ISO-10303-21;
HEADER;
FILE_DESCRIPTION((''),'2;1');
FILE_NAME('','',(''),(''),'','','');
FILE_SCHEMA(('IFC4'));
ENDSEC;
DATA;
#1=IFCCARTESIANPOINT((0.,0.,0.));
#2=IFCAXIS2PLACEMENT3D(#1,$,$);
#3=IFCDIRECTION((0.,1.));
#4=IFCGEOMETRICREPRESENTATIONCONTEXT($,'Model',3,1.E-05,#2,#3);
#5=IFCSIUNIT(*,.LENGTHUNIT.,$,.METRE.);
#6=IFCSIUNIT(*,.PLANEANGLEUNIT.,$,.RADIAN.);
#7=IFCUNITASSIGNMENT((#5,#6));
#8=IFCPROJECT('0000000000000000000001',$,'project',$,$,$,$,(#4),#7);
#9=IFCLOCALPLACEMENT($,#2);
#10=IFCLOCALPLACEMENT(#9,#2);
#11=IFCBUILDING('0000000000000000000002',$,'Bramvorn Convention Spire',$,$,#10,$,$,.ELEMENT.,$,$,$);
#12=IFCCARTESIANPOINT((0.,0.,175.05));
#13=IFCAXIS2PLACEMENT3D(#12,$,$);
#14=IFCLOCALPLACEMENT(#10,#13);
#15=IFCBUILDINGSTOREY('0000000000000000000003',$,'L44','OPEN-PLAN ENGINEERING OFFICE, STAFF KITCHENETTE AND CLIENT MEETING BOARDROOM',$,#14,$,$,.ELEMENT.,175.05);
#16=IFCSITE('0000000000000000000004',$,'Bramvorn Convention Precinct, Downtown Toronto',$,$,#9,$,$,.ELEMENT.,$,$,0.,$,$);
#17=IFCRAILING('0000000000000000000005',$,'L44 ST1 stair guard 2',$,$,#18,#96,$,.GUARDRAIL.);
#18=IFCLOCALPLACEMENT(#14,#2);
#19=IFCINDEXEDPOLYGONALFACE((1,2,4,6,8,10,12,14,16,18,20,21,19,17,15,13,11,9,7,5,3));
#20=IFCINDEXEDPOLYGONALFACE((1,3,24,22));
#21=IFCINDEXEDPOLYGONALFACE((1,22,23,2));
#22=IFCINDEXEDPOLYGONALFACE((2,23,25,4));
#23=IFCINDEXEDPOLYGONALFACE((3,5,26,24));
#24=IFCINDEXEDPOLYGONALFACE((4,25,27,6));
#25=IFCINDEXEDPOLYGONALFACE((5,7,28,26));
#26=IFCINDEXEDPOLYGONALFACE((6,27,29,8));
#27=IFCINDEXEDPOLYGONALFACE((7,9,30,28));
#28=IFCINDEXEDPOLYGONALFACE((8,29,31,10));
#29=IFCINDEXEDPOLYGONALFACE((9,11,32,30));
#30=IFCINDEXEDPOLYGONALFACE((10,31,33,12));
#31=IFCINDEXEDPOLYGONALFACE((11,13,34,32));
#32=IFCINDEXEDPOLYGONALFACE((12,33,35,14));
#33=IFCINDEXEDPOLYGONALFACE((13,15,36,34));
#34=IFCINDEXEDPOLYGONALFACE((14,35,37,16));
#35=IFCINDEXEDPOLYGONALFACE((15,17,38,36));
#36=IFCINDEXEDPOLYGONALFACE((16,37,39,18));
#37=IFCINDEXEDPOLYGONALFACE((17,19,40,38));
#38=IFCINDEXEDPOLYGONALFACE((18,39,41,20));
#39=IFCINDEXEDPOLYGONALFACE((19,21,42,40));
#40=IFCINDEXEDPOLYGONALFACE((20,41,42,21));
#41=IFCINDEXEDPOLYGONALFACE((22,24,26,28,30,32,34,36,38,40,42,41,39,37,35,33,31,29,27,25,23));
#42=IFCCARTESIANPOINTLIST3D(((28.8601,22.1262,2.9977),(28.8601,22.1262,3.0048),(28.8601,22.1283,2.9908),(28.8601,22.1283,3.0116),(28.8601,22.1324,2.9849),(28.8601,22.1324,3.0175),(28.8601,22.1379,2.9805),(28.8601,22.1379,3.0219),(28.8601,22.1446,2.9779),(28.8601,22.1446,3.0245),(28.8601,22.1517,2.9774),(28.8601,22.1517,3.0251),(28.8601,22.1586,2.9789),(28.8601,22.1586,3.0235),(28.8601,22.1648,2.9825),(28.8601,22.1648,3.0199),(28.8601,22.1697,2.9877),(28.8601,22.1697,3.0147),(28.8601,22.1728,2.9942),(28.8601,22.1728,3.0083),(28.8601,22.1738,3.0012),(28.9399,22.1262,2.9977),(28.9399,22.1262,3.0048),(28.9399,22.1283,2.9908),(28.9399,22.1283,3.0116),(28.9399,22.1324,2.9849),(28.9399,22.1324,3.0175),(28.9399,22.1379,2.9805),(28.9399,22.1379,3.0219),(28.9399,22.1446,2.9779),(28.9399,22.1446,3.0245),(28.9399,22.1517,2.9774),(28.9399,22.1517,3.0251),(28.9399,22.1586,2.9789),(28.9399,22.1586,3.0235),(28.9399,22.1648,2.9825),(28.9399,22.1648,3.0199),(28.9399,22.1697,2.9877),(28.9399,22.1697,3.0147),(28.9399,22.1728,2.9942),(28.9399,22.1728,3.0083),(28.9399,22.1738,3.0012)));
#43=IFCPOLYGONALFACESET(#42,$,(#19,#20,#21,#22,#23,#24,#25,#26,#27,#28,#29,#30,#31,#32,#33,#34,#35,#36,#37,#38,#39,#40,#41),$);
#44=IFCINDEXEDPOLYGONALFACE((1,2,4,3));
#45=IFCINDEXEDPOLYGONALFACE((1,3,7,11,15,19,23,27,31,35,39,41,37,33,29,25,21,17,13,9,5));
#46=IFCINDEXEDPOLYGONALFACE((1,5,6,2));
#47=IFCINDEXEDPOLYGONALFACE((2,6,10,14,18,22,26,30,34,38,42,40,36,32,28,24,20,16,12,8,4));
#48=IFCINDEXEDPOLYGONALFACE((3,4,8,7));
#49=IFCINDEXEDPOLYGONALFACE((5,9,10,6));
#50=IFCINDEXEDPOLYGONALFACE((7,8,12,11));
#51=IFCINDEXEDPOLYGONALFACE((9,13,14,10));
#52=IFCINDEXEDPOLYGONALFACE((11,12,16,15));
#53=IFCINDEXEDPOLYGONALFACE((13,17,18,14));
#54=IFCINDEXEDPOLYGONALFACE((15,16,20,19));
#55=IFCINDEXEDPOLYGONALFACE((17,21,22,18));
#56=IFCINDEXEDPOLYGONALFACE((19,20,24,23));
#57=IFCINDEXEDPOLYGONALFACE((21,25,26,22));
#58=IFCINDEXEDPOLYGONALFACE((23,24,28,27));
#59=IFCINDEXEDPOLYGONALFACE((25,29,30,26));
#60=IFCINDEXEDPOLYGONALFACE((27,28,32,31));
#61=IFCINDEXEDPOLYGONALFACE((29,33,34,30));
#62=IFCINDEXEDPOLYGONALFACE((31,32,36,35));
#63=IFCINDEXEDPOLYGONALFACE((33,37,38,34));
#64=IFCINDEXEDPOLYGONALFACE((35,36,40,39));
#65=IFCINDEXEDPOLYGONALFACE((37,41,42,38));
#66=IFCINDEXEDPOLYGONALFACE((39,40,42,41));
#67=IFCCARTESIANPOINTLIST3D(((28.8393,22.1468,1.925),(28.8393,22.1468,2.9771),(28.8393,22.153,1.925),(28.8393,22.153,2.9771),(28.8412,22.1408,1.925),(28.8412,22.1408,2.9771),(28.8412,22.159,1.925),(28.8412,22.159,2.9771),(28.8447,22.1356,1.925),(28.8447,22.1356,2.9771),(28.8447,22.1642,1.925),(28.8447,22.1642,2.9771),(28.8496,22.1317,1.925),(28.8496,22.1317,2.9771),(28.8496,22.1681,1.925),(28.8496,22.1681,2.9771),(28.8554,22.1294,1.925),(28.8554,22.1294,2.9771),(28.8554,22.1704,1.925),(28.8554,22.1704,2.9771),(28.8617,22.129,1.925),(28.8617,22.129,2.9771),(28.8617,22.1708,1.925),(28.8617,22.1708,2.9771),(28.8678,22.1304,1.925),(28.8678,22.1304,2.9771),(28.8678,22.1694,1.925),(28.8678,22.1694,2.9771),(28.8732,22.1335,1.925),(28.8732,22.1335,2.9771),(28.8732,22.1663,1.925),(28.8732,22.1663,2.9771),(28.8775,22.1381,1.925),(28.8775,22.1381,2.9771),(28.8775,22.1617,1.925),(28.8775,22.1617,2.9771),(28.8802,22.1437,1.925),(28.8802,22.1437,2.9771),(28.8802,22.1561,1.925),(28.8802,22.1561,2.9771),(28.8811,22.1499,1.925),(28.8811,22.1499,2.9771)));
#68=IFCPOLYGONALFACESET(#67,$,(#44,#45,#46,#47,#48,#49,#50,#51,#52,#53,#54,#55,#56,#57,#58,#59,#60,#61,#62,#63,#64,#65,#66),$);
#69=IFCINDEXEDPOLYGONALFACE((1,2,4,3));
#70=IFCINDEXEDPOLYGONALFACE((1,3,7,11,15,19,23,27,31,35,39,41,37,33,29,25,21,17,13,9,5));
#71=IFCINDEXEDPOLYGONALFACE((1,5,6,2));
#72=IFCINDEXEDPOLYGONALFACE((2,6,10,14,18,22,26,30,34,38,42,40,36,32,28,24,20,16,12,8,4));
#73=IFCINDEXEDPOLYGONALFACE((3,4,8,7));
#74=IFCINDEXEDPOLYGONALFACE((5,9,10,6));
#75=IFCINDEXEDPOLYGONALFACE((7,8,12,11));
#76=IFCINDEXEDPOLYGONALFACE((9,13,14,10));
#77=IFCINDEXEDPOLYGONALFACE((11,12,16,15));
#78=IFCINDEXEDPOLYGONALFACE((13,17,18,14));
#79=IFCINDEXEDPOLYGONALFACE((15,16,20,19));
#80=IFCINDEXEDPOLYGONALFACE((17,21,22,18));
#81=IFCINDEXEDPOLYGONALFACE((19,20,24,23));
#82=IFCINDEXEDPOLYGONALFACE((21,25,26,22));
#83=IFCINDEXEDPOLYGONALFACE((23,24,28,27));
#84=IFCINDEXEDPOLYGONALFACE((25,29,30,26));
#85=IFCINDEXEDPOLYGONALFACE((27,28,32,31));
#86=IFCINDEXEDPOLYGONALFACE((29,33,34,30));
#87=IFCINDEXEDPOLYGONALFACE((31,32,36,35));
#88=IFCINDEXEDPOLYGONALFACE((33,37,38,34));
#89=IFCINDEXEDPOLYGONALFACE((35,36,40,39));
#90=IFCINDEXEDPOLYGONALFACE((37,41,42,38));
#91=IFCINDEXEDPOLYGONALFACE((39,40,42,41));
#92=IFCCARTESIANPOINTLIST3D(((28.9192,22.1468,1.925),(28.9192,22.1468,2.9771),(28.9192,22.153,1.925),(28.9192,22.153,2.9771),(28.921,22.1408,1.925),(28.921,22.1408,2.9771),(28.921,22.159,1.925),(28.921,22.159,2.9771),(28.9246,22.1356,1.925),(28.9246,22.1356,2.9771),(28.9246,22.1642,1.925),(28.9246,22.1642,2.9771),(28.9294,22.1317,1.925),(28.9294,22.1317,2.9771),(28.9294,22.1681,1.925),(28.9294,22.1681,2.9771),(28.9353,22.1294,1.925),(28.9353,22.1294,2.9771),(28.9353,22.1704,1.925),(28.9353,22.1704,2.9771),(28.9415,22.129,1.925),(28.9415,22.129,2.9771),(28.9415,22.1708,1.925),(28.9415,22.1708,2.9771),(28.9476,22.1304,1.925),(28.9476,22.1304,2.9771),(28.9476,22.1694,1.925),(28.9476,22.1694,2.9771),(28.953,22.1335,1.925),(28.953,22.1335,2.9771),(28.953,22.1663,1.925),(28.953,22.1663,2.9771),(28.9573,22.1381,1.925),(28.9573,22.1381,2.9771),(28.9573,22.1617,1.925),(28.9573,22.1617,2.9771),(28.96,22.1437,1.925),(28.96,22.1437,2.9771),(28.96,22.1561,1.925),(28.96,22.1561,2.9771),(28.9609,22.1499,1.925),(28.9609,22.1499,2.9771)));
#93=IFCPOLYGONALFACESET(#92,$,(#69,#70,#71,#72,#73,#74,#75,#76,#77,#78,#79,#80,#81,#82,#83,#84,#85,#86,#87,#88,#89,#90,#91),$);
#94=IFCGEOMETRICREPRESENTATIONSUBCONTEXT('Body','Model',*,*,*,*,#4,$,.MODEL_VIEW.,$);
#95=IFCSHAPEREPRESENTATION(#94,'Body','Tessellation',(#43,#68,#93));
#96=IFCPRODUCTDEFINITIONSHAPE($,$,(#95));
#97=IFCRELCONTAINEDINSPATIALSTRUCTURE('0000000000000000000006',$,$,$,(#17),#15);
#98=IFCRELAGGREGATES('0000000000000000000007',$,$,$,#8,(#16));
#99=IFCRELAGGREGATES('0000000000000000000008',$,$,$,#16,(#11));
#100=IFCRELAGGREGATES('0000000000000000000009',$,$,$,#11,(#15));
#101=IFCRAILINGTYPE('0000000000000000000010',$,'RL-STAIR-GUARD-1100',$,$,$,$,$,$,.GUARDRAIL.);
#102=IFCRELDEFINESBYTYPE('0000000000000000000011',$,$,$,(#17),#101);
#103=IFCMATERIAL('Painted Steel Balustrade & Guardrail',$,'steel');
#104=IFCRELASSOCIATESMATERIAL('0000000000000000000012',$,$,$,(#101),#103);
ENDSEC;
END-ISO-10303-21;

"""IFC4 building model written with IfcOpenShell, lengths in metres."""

from ifc_helpers import new_model, si_unit, direction, frame, origin, origin_2d, place, context, subcontext, project, spatial, circle, extrude, material, type_object, element, save


model = new_model("IFC4")

# Units and contexts
model_context = context("Model", 3, precision=1e-05, world=origin(), true_north=direction((0.0, 1.0)))
body_context = subcontext(model_context, "Body", "Model", "MODEL_VIEW")
ifc_project = project(units=[si_unit("LENGTHUNIT", "METRE"), si_unit("PLANEANGLEUNIT", "RADIAN")], contexts=[model_context])

# Site, building, storey
site_placement = place(None, origin())
site = spatial("IfcSite", under=ifc_project, at=site_placement, Name="Bramvorn Convention Precinct, Downtown Toronto", CompositionType="ELEMENT", RefElevation=0.0)
building_placement = place(site_placement, origin())
building = spatial("IfcBuilding", under=site, at=building_placement, Name="Bramvorn Convention Spire", CompositionType="ELEMENT")
storey_placement = place(building_placement, frame((0.0, 0.0, 175.05)))
storey = spatial("IfcBuildingStorey", under=building, at=storey_placement, Name="L44", Description="OPEN-PLAN ENGINEERING OFFICE, STAFF KITCHENETTE AND CLIENT MEETING BOARDROOM", CompositionType="ELEMENT", Elevation=175.05)

# Railing
ifc_material_1 = material(Name="Painted Steel Balustrade & Guardrail", Category="steel")
railing_type_1 = type_object("IfcRailingType", Name="RL-STAIR-GUARD-1100", PredefinedType="GUARDRAIL", material=ifc_material_1)
railing_1_placement = place(storey_placement, frame((28.8601, 22.1499, 1.925)))
element("IfcRailing", 1, at=railing_1_placement, inside=storey, type_object=railing_type_1, Name="L44 ST1 stair guard 2", PredefinedType="GUARDRAIL", context=body_context, shape_type="SweptSolid", body=[
    extrude(circle(Radius=0.0239, at=origin_2d()), frame((0.0, 0.0, 1.0762), z_axis=(1.0, 0.0, 0.0), x_axis=(0.0, 1.0, 0.0)), (0.0, 0.0, 1.0), 0.0798),
    extrude(circle(Radius=0.021, at=origin_2d()), origin(), (0.0, 0.0, 1.0), 1.052),
    extrude(circle(Radius=0.021, at=origin_2d()), frame((0.0798, 0.0, 0.0)), (0.0, 0.0, 1.0), 1.052),
])

save(model, "model.ifc")
